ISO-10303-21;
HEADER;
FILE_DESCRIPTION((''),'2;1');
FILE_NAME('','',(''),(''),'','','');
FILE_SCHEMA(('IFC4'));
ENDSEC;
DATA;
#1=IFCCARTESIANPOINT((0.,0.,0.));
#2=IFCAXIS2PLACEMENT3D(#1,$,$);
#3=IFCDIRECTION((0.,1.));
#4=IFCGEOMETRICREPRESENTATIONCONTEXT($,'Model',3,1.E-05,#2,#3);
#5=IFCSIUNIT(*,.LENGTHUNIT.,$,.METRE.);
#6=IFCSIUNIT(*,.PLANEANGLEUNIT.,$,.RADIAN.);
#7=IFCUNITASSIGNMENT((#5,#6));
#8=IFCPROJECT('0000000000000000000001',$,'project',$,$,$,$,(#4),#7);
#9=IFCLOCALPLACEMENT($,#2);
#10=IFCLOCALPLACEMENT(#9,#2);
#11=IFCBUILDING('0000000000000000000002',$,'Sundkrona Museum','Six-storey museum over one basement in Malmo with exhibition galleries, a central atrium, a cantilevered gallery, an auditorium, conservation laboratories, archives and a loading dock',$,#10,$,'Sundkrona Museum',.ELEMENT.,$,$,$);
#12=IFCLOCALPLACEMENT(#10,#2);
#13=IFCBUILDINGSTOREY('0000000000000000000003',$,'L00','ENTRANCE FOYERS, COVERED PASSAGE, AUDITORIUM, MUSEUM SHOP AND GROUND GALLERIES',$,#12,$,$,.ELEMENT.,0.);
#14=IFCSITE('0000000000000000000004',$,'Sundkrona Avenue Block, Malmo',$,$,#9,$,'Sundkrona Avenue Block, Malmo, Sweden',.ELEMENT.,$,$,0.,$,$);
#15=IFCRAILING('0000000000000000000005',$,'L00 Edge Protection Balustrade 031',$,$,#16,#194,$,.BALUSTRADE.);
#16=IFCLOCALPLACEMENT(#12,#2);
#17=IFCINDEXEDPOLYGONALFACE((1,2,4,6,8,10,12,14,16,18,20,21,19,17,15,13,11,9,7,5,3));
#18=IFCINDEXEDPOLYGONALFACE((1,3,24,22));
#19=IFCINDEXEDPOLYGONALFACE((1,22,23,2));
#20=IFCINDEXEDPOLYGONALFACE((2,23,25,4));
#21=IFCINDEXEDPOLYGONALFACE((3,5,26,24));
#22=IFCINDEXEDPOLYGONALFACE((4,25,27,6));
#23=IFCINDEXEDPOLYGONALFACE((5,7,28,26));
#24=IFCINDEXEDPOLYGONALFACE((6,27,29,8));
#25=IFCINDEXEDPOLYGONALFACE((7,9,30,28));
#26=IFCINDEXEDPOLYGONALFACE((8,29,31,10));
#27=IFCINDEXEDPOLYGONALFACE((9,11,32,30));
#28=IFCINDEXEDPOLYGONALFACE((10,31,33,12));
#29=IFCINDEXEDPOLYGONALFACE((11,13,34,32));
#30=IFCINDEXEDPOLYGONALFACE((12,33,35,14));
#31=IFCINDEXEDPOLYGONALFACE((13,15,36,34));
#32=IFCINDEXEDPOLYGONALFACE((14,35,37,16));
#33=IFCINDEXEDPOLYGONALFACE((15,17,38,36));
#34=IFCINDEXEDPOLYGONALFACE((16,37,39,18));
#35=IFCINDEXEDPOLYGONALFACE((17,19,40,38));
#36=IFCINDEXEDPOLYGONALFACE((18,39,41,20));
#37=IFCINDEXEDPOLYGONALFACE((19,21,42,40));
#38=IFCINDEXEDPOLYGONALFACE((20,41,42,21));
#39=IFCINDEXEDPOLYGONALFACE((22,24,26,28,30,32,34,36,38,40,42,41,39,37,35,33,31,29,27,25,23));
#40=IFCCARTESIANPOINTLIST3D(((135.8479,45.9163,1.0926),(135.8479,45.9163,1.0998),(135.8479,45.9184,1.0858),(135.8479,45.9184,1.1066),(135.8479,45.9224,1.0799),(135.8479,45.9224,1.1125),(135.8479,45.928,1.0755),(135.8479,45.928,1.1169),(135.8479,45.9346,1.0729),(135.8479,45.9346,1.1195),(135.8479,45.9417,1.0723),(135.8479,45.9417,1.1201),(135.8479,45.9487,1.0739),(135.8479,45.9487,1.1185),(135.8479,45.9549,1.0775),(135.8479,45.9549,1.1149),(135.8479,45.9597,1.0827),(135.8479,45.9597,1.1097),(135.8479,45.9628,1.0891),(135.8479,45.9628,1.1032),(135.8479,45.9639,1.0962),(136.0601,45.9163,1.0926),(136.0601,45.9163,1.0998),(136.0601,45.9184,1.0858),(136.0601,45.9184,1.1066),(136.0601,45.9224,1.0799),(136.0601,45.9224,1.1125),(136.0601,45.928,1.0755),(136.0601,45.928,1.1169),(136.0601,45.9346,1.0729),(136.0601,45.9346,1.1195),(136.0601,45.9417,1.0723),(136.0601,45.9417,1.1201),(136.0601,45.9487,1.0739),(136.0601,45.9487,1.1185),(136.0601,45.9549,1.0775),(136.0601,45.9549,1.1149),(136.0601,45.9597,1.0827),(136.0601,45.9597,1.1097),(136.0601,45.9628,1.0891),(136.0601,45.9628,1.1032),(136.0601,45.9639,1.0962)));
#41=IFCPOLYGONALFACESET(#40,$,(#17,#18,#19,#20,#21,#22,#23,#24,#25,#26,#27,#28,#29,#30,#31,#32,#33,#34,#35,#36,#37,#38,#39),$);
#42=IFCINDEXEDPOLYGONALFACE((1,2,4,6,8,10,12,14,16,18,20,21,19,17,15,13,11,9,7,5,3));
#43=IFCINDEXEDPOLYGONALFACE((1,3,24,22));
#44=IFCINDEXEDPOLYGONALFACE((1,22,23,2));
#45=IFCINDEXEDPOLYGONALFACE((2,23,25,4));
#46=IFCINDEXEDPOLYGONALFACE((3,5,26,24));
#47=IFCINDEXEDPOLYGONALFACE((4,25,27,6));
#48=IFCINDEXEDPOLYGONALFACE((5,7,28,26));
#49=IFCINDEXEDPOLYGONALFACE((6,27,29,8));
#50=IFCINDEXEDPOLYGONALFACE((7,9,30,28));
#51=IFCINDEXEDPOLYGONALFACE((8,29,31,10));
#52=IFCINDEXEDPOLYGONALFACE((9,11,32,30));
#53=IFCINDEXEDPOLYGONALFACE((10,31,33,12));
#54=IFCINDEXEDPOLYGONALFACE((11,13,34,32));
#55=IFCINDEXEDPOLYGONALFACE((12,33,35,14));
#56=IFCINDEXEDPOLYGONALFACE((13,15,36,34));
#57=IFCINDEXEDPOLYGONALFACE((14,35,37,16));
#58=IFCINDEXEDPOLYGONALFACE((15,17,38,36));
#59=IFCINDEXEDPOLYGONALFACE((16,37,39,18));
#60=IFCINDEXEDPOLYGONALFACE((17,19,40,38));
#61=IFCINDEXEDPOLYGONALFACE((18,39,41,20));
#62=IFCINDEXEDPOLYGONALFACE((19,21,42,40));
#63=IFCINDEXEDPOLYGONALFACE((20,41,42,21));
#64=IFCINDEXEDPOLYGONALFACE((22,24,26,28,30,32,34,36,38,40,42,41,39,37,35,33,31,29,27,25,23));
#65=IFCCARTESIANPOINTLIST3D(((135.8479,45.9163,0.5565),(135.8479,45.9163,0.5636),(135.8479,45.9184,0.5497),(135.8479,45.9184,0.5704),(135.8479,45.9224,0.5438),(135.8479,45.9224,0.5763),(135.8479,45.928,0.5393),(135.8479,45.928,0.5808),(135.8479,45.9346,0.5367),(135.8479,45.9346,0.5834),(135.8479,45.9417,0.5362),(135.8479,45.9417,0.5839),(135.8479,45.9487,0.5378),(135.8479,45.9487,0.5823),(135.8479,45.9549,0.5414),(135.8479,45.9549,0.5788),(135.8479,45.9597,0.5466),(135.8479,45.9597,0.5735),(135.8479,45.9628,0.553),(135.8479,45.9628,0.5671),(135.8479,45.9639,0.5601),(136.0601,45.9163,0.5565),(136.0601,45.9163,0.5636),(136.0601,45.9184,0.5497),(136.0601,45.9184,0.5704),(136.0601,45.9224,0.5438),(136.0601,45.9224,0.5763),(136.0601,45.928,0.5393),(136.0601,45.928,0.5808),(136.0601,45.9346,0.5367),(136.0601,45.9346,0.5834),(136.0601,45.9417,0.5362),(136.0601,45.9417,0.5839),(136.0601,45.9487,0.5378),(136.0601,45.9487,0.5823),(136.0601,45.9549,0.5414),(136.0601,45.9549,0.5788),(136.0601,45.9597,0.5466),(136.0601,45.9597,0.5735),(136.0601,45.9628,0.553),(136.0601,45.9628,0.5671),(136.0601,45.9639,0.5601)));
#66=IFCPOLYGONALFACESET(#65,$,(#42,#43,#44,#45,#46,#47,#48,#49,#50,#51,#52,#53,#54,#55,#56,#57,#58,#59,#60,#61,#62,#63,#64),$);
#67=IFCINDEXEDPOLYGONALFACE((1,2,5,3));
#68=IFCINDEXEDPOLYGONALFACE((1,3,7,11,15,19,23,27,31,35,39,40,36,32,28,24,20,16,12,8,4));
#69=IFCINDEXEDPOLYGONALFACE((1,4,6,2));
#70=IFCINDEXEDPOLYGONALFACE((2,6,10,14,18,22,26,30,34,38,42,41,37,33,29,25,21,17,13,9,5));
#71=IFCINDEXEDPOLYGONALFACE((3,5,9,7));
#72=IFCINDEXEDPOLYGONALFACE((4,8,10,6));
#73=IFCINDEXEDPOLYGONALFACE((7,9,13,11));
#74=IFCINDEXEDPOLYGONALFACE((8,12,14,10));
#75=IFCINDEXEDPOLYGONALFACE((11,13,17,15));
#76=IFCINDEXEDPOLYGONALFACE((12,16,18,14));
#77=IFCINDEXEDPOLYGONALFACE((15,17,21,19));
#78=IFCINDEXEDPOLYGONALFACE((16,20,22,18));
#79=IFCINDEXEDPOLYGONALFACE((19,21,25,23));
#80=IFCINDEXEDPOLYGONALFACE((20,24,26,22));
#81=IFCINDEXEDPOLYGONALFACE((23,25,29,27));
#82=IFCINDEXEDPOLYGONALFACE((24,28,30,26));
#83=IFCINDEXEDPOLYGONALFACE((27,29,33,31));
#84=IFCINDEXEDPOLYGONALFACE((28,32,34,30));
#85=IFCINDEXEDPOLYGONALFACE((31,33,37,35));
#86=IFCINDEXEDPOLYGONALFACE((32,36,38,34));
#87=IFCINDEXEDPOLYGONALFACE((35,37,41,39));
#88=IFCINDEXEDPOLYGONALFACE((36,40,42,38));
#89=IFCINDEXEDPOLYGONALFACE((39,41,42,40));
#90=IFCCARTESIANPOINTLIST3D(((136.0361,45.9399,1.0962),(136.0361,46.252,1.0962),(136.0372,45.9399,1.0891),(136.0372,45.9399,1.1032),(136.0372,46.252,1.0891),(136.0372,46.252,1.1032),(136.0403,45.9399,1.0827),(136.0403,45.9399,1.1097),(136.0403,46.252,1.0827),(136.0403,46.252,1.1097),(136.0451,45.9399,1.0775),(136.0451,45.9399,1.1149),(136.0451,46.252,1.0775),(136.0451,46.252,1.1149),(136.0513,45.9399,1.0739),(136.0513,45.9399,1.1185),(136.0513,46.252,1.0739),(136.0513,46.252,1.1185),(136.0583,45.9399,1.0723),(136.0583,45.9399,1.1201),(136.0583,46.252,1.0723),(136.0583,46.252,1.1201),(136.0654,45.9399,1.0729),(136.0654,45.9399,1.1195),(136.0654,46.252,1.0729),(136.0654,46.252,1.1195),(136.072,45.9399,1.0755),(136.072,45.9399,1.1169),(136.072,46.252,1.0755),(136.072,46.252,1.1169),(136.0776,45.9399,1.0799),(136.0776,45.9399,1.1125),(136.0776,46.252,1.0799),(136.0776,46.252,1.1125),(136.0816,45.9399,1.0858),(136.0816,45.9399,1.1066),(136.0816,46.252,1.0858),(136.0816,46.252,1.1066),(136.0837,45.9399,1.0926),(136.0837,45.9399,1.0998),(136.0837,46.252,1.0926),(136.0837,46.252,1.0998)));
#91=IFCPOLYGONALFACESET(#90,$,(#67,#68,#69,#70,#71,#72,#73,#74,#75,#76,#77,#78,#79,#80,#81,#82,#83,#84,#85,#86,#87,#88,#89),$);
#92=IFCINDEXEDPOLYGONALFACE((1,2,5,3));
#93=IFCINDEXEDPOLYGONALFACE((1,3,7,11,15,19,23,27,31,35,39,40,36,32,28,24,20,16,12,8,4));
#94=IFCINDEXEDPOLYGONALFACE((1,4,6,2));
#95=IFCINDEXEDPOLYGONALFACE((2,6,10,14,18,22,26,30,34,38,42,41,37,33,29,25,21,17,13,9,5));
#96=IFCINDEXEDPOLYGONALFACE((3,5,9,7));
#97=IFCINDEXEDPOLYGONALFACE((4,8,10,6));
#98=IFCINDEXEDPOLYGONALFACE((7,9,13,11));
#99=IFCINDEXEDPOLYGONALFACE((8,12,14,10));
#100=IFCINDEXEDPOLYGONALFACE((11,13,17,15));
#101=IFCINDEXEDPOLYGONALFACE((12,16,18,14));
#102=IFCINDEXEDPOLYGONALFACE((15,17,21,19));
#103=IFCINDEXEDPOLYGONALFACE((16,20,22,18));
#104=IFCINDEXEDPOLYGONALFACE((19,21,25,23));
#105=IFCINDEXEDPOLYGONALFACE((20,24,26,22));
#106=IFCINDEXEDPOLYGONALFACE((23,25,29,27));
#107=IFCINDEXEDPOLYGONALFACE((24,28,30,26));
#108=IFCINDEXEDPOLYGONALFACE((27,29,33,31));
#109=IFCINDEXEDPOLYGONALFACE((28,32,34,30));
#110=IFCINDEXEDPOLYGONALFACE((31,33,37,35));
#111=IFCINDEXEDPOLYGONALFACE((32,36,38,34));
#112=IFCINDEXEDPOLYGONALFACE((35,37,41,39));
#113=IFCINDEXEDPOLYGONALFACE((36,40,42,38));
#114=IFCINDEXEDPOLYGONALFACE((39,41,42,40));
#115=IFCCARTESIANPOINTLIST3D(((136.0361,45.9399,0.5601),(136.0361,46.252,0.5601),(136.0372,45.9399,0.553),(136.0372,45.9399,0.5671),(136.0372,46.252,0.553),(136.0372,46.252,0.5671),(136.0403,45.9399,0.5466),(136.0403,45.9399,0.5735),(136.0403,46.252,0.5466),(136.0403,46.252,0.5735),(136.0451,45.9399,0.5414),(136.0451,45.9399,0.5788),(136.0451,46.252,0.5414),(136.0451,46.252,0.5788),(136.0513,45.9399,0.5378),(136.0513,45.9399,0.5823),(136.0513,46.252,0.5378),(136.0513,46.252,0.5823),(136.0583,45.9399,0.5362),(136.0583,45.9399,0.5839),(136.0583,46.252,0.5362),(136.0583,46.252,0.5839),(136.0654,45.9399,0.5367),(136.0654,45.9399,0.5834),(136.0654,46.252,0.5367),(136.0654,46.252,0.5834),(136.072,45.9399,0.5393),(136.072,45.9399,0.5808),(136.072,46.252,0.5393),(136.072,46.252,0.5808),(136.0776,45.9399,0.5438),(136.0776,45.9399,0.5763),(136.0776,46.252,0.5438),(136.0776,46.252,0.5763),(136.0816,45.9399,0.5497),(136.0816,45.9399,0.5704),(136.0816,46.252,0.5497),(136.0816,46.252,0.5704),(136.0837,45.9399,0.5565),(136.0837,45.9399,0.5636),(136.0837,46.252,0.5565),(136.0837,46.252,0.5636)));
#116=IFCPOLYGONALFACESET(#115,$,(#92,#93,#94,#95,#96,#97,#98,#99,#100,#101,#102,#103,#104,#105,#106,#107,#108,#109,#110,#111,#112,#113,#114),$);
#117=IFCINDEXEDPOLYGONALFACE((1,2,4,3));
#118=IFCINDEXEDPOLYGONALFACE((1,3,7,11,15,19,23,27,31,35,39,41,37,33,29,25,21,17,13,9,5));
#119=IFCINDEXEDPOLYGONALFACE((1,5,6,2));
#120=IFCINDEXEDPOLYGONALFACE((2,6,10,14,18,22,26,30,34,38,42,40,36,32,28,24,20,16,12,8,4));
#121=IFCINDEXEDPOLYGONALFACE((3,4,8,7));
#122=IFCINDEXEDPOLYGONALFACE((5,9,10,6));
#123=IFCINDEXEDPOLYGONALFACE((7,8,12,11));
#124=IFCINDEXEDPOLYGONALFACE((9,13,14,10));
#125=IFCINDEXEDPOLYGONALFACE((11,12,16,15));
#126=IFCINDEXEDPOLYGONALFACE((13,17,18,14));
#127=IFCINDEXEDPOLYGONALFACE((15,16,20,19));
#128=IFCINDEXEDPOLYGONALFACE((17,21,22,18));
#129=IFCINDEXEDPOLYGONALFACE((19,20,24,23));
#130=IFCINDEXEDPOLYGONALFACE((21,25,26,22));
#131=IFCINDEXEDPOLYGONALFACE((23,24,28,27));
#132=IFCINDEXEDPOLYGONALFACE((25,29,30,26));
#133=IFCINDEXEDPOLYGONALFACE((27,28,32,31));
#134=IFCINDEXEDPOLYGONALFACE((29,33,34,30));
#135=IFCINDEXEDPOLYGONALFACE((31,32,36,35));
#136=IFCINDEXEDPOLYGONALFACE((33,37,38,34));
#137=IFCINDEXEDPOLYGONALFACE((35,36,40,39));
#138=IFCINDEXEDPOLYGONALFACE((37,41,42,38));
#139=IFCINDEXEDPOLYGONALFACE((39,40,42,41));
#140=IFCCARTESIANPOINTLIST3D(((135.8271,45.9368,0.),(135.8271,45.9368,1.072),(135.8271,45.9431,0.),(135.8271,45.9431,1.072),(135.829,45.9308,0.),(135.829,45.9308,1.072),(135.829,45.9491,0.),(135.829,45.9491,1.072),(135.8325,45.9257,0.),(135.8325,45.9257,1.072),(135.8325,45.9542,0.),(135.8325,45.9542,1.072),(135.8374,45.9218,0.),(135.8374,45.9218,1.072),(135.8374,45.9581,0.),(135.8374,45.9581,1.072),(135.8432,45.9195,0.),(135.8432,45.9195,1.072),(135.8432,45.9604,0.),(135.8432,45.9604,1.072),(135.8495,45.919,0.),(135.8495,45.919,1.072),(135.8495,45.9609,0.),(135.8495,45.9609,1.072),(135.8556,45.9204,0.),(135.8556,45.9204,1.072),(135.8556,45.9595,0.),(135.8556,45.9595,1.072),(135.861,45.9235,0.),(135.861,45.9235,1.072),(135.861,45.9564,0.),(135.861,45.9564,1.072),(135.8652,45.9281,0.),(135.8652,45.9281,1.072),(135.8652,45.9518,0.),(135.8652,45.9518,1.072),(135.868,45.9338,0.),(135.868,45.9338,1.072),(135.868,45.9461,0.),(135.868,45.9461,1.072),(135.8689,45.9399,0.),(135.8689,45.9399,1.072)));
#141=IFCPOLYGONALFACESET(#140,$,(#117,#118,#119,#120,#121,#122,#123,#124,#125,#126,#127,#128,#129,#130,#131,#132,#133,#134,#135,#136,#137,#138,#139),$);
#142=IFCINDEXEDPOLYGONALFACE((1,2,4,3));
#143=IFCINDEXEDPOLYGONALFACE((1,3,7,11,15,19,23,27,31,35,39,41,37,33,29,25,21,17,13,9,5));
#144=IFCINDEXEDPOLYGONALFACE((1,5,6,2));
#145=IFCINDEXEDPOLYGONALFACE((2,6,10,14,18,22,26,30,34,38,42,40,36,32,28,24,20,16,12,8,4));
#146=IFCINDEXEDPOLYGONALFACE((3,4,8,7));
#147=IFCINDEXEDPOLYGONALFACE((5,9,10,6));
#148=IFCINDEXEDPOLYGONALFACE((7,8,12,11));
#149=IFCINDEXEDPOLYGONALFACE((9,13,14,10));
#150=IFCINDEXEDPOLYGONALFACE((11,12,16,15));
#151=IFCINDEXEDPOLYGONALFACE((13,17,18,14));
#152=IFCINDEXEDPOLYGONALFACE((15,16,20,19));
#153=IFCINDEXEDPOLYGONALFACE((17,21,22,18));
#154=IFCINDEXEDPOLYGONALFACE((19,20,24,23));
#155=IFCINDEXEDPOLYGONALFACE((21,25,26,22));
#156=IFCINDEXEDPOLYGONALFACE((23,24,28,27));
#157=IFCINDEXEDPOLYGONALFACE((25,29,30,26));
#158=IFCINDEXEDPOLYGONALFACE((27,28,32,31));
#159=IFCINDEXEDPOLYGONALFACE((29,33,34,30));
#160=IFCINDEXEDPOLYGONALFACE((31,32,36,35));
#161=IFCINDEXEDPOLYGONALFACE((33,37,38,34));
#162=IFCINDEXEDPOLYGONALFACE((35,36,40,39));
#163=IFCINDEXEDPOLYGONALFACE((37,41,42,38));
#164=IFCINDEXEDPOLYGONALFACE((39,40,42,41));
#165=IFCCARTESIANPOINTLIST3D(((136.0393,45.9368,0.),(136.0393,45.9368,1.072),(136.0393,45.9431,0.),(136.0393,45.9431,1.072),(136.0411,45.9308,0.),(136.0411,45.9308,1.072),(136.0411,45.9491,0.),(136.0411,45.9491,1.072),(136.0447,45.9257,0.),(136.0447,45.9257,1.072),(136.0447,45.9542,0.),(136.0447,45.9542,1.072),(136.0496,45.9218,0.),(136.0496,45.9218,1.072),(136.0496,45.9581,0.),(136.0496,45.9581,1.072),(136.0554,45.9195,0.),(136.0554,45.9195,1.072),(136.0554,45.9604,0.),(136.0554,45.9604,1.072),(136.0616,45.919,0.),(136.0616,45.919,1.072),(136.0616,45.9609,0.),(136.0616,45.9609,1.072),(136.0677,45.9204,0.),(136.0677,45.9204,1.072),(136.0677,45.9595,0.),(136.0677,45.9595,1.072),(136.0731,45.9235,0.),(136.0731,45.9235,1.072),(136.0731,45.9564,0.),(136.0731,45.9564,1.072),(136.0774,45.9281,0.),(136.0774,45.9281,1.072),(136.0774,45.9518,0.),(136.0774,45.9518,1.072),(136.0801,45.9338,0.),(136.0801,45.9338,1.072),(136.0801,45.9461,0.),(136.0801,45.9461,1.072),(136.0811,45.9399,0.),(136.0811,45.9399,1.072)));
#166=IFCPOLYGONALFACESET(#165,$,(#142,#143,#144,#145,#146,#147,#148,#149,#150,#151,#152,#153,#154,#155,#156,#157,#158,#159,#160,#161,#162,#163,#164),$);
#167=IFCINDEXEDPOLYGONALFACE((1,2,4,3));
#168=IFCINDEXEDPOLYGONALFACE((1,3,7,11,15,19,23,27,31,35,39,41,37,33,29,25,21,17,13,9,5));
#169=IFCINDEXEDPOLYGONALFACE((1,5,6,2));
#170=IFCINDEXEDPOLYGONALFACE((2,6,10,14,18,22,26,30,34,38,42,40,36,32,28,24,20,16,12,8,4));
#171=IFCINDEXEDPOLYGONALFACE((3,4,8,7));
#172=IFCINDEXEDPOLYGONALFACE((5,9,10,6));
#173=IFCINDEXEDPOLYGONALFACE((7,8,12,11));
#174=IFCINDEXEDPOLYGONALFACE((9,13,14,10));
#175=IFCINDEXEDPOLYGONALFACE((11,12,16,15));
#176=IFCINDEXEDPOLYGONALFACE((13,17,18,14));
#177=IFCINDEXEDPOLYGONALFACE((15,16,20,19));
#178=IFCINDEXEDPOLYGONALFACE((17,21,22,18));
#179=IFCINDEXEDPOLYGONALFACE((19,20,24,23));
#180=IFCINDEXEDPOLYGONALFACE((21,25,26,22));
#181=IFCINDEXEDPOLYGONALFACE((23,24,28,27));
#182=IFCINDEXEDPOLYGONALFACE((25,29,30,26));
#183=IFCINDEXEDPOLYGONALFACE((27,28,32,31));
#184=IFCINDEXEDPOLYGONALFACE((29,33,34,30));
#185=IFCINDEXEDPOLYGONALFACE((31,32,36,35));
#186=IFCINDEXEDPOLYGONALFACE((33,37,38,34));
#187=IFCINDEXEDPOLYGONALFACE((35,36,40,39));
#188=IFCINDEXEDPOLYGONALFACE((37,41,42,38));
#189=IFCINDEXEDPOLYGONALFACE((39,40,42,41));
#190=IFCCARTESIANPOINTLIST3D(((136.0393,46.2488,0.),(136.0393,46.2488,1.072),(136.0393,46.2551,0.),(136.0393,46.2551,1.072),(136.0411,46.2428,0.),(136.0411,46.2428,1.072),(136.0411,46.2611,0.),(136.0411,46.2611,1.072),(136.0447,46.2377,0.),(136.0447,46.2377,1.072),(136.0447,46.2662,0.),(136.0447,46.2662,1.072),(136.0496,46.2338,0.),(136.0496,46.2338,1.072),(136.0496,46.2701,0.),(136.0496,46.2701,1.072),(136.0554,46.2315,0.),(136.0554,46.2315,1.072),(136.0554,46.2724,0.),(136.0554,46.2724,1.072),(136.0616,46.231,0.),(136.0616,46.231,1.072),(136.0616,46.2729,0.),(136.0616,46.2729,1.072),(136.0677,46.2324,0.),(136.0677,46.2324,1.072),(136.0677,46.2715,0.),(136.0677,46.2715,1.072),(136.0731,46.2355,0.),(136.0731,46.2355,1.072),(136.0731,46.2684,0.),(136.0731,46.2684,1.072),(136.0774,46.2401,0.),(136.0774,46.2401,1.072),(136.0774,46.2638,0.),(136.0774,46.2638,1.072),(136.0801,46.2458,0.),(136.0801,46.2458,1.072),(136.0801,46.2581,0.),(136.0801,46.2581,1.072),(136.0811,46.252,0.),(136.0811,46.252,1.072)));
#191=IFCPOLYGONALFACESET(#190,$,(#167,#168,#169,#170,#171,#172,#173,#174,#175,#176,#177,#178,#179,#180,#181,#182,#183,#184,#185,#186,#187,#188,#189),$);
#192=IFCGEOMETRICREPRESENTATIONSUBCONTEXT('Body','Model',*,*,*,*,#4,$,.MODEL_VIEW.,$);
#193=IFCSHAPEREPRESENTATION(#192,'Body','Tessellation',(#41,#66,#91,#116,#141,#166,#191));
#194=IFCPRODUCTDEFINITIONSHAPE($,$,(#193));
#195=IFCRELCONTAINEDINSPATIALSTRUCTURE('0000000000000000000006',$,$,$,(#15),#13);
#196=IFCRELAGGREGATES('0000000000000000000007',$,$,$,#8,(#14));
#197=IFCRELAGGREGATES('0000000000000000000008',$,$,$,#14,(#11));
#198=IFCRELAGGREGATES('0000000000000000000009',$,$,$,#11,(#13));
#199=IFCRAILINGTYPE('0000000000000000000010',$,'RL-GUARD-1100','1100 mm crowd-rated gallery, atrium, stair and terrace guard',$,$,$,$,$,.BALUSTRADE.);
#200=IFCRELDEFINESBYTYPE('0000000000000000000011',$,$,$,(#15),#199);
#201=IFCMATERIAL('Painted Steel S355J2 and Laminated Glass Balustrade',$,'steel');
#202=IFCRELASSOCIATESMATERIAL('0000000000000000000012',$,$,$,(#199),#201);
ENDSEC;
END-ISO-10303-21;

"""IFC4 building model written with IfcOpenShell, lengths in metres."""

from ifc_helpers import new_model, si_unit, direction, frame, origin, origin_2d, place, context, subcontext, project, spatial, circle, extrude, material, type_object, element, save


model = new_model("IFC4")

# Units and contexts
model_context = context("Model", 3, precision=1e-05, world=origin(), true_north=direction((0.0, 1.0)))
body_context = subcontext(model_context, "Body", "Model", "MODEL_VIEW")
ifc_project = project(units=[si_unit("LENGTHUNIT", "METRE"), si_unit("PLANEANGLEUNIT", "RADIAN")], contexts=[model_context])

# Site, building, storey
site_placement = place(None, origin())
site = spatial("IfcSite", under=ifc_project, at=site_placement, Name="Sundkrona Avenue Block, Malmo", LongName="Sundkrona Avenue Block, Malmo, Sweden", CompositionType="ELEMENT", RefElevation=0.0)
building_placement = place(site_placement, origin())
building = spatial("IfcBuilding", under=site, at=building_placement, Name="Sundkrona Museum", Description="Six-storey museum over one basement in Malmo with exhibition galleries, a central atrium, a cantilevered gallery, an auditorium, conservation laboratories, archives and a loading dock", LongName="Sundkrona Museum", CompositionType="ELEMENT")
storey_placement = place(building_placement, origin())
storey = spatial("IfcBuildingStorey", under=building, at=storey_placement, Name="L00", Description="ENTRANCE FOYERS, COVERED PASSAGE, AUDITORIUM, MUSEUM SHOP AND GROUND GALLERIES", CompositionType="ELEMENT", Elevation=0.0)

# Railing
ifc_material_1 = material(Name="Painted Steel S355J2 and Laminated Glass Balustrade", Category="steel")
railing_type = type_object("IfcRailingType", Name="RL-GUARD-1100", Description="1100 mm crowd-rated gallery, atrium, stair and terrace guard", PredefinedType="BALUSTRADE", material=ifc_material_1)
railing_placement = place(storey_placement, frame((135.8479, 45.9399, 0.0)))
element("IfcRailing", 1, at=railing_placement, inside=storey, type_object=railing_type, Name="L00 Edge Protection Balustrade 031", PredefinedType="BALUSTRADE", context=body_context, shape_type="SweptSolid", body=[
    extrude(circle(Radius=0.0239, at=origin_2d()), frame((0.0, 0.0, 1.0962), z_axis=(1.0, 0.0, 0.0), x_axis=(0.0, 1.0, 0.0)), (0.0, 0.0, 1.0), 0.2122),
    extrude(circle(Radius=0.0239, at=origin_2d()), frame((0.0, 0.0, 0.5601), z_axis=(1.0, 0.0, 0.0), x_axis=(0.0, 1.0, 0.0)), (0.0, 0.0, 1.0), 0.2122),
    extrude(circle(Radius=0.0239, at=origin_2d()), frame((0.2122, 0.0, 1.0962), z_axis=(0.0, 1.0, 0.0), x_axis=(-1.0, 0.0, 0.0)), (0.0, 0.0, 1.0), 0.312),
    extrude(circle(Radius=0.0239, at=origin_2d()), frame((0.2122, 0.0, 0.5601), z_axis=(0.0, 1.0, 0.0), x_axis=(-1.0, 0.0, 0.0)), (0.0, 0.0, 1.0), 0.312),
    extrude(circle(Radius=0.021, at=origin_2d()), origin(), (0.0, 0.0, 1.0), 1.072),
    extrude(circle(Radius=0.021, at=origin_2d()), frame((0.2122, 0.0, 0.0)), (0.0, 0.0, 1.0), 1.072),
    extrude(circle(Radius=0.021, at=origin_2d()), frame((0.2122, 0.312, 0.0)), (0.0, 0.0, 1.0), 1.072),
])

save(model, "model.ifc")
